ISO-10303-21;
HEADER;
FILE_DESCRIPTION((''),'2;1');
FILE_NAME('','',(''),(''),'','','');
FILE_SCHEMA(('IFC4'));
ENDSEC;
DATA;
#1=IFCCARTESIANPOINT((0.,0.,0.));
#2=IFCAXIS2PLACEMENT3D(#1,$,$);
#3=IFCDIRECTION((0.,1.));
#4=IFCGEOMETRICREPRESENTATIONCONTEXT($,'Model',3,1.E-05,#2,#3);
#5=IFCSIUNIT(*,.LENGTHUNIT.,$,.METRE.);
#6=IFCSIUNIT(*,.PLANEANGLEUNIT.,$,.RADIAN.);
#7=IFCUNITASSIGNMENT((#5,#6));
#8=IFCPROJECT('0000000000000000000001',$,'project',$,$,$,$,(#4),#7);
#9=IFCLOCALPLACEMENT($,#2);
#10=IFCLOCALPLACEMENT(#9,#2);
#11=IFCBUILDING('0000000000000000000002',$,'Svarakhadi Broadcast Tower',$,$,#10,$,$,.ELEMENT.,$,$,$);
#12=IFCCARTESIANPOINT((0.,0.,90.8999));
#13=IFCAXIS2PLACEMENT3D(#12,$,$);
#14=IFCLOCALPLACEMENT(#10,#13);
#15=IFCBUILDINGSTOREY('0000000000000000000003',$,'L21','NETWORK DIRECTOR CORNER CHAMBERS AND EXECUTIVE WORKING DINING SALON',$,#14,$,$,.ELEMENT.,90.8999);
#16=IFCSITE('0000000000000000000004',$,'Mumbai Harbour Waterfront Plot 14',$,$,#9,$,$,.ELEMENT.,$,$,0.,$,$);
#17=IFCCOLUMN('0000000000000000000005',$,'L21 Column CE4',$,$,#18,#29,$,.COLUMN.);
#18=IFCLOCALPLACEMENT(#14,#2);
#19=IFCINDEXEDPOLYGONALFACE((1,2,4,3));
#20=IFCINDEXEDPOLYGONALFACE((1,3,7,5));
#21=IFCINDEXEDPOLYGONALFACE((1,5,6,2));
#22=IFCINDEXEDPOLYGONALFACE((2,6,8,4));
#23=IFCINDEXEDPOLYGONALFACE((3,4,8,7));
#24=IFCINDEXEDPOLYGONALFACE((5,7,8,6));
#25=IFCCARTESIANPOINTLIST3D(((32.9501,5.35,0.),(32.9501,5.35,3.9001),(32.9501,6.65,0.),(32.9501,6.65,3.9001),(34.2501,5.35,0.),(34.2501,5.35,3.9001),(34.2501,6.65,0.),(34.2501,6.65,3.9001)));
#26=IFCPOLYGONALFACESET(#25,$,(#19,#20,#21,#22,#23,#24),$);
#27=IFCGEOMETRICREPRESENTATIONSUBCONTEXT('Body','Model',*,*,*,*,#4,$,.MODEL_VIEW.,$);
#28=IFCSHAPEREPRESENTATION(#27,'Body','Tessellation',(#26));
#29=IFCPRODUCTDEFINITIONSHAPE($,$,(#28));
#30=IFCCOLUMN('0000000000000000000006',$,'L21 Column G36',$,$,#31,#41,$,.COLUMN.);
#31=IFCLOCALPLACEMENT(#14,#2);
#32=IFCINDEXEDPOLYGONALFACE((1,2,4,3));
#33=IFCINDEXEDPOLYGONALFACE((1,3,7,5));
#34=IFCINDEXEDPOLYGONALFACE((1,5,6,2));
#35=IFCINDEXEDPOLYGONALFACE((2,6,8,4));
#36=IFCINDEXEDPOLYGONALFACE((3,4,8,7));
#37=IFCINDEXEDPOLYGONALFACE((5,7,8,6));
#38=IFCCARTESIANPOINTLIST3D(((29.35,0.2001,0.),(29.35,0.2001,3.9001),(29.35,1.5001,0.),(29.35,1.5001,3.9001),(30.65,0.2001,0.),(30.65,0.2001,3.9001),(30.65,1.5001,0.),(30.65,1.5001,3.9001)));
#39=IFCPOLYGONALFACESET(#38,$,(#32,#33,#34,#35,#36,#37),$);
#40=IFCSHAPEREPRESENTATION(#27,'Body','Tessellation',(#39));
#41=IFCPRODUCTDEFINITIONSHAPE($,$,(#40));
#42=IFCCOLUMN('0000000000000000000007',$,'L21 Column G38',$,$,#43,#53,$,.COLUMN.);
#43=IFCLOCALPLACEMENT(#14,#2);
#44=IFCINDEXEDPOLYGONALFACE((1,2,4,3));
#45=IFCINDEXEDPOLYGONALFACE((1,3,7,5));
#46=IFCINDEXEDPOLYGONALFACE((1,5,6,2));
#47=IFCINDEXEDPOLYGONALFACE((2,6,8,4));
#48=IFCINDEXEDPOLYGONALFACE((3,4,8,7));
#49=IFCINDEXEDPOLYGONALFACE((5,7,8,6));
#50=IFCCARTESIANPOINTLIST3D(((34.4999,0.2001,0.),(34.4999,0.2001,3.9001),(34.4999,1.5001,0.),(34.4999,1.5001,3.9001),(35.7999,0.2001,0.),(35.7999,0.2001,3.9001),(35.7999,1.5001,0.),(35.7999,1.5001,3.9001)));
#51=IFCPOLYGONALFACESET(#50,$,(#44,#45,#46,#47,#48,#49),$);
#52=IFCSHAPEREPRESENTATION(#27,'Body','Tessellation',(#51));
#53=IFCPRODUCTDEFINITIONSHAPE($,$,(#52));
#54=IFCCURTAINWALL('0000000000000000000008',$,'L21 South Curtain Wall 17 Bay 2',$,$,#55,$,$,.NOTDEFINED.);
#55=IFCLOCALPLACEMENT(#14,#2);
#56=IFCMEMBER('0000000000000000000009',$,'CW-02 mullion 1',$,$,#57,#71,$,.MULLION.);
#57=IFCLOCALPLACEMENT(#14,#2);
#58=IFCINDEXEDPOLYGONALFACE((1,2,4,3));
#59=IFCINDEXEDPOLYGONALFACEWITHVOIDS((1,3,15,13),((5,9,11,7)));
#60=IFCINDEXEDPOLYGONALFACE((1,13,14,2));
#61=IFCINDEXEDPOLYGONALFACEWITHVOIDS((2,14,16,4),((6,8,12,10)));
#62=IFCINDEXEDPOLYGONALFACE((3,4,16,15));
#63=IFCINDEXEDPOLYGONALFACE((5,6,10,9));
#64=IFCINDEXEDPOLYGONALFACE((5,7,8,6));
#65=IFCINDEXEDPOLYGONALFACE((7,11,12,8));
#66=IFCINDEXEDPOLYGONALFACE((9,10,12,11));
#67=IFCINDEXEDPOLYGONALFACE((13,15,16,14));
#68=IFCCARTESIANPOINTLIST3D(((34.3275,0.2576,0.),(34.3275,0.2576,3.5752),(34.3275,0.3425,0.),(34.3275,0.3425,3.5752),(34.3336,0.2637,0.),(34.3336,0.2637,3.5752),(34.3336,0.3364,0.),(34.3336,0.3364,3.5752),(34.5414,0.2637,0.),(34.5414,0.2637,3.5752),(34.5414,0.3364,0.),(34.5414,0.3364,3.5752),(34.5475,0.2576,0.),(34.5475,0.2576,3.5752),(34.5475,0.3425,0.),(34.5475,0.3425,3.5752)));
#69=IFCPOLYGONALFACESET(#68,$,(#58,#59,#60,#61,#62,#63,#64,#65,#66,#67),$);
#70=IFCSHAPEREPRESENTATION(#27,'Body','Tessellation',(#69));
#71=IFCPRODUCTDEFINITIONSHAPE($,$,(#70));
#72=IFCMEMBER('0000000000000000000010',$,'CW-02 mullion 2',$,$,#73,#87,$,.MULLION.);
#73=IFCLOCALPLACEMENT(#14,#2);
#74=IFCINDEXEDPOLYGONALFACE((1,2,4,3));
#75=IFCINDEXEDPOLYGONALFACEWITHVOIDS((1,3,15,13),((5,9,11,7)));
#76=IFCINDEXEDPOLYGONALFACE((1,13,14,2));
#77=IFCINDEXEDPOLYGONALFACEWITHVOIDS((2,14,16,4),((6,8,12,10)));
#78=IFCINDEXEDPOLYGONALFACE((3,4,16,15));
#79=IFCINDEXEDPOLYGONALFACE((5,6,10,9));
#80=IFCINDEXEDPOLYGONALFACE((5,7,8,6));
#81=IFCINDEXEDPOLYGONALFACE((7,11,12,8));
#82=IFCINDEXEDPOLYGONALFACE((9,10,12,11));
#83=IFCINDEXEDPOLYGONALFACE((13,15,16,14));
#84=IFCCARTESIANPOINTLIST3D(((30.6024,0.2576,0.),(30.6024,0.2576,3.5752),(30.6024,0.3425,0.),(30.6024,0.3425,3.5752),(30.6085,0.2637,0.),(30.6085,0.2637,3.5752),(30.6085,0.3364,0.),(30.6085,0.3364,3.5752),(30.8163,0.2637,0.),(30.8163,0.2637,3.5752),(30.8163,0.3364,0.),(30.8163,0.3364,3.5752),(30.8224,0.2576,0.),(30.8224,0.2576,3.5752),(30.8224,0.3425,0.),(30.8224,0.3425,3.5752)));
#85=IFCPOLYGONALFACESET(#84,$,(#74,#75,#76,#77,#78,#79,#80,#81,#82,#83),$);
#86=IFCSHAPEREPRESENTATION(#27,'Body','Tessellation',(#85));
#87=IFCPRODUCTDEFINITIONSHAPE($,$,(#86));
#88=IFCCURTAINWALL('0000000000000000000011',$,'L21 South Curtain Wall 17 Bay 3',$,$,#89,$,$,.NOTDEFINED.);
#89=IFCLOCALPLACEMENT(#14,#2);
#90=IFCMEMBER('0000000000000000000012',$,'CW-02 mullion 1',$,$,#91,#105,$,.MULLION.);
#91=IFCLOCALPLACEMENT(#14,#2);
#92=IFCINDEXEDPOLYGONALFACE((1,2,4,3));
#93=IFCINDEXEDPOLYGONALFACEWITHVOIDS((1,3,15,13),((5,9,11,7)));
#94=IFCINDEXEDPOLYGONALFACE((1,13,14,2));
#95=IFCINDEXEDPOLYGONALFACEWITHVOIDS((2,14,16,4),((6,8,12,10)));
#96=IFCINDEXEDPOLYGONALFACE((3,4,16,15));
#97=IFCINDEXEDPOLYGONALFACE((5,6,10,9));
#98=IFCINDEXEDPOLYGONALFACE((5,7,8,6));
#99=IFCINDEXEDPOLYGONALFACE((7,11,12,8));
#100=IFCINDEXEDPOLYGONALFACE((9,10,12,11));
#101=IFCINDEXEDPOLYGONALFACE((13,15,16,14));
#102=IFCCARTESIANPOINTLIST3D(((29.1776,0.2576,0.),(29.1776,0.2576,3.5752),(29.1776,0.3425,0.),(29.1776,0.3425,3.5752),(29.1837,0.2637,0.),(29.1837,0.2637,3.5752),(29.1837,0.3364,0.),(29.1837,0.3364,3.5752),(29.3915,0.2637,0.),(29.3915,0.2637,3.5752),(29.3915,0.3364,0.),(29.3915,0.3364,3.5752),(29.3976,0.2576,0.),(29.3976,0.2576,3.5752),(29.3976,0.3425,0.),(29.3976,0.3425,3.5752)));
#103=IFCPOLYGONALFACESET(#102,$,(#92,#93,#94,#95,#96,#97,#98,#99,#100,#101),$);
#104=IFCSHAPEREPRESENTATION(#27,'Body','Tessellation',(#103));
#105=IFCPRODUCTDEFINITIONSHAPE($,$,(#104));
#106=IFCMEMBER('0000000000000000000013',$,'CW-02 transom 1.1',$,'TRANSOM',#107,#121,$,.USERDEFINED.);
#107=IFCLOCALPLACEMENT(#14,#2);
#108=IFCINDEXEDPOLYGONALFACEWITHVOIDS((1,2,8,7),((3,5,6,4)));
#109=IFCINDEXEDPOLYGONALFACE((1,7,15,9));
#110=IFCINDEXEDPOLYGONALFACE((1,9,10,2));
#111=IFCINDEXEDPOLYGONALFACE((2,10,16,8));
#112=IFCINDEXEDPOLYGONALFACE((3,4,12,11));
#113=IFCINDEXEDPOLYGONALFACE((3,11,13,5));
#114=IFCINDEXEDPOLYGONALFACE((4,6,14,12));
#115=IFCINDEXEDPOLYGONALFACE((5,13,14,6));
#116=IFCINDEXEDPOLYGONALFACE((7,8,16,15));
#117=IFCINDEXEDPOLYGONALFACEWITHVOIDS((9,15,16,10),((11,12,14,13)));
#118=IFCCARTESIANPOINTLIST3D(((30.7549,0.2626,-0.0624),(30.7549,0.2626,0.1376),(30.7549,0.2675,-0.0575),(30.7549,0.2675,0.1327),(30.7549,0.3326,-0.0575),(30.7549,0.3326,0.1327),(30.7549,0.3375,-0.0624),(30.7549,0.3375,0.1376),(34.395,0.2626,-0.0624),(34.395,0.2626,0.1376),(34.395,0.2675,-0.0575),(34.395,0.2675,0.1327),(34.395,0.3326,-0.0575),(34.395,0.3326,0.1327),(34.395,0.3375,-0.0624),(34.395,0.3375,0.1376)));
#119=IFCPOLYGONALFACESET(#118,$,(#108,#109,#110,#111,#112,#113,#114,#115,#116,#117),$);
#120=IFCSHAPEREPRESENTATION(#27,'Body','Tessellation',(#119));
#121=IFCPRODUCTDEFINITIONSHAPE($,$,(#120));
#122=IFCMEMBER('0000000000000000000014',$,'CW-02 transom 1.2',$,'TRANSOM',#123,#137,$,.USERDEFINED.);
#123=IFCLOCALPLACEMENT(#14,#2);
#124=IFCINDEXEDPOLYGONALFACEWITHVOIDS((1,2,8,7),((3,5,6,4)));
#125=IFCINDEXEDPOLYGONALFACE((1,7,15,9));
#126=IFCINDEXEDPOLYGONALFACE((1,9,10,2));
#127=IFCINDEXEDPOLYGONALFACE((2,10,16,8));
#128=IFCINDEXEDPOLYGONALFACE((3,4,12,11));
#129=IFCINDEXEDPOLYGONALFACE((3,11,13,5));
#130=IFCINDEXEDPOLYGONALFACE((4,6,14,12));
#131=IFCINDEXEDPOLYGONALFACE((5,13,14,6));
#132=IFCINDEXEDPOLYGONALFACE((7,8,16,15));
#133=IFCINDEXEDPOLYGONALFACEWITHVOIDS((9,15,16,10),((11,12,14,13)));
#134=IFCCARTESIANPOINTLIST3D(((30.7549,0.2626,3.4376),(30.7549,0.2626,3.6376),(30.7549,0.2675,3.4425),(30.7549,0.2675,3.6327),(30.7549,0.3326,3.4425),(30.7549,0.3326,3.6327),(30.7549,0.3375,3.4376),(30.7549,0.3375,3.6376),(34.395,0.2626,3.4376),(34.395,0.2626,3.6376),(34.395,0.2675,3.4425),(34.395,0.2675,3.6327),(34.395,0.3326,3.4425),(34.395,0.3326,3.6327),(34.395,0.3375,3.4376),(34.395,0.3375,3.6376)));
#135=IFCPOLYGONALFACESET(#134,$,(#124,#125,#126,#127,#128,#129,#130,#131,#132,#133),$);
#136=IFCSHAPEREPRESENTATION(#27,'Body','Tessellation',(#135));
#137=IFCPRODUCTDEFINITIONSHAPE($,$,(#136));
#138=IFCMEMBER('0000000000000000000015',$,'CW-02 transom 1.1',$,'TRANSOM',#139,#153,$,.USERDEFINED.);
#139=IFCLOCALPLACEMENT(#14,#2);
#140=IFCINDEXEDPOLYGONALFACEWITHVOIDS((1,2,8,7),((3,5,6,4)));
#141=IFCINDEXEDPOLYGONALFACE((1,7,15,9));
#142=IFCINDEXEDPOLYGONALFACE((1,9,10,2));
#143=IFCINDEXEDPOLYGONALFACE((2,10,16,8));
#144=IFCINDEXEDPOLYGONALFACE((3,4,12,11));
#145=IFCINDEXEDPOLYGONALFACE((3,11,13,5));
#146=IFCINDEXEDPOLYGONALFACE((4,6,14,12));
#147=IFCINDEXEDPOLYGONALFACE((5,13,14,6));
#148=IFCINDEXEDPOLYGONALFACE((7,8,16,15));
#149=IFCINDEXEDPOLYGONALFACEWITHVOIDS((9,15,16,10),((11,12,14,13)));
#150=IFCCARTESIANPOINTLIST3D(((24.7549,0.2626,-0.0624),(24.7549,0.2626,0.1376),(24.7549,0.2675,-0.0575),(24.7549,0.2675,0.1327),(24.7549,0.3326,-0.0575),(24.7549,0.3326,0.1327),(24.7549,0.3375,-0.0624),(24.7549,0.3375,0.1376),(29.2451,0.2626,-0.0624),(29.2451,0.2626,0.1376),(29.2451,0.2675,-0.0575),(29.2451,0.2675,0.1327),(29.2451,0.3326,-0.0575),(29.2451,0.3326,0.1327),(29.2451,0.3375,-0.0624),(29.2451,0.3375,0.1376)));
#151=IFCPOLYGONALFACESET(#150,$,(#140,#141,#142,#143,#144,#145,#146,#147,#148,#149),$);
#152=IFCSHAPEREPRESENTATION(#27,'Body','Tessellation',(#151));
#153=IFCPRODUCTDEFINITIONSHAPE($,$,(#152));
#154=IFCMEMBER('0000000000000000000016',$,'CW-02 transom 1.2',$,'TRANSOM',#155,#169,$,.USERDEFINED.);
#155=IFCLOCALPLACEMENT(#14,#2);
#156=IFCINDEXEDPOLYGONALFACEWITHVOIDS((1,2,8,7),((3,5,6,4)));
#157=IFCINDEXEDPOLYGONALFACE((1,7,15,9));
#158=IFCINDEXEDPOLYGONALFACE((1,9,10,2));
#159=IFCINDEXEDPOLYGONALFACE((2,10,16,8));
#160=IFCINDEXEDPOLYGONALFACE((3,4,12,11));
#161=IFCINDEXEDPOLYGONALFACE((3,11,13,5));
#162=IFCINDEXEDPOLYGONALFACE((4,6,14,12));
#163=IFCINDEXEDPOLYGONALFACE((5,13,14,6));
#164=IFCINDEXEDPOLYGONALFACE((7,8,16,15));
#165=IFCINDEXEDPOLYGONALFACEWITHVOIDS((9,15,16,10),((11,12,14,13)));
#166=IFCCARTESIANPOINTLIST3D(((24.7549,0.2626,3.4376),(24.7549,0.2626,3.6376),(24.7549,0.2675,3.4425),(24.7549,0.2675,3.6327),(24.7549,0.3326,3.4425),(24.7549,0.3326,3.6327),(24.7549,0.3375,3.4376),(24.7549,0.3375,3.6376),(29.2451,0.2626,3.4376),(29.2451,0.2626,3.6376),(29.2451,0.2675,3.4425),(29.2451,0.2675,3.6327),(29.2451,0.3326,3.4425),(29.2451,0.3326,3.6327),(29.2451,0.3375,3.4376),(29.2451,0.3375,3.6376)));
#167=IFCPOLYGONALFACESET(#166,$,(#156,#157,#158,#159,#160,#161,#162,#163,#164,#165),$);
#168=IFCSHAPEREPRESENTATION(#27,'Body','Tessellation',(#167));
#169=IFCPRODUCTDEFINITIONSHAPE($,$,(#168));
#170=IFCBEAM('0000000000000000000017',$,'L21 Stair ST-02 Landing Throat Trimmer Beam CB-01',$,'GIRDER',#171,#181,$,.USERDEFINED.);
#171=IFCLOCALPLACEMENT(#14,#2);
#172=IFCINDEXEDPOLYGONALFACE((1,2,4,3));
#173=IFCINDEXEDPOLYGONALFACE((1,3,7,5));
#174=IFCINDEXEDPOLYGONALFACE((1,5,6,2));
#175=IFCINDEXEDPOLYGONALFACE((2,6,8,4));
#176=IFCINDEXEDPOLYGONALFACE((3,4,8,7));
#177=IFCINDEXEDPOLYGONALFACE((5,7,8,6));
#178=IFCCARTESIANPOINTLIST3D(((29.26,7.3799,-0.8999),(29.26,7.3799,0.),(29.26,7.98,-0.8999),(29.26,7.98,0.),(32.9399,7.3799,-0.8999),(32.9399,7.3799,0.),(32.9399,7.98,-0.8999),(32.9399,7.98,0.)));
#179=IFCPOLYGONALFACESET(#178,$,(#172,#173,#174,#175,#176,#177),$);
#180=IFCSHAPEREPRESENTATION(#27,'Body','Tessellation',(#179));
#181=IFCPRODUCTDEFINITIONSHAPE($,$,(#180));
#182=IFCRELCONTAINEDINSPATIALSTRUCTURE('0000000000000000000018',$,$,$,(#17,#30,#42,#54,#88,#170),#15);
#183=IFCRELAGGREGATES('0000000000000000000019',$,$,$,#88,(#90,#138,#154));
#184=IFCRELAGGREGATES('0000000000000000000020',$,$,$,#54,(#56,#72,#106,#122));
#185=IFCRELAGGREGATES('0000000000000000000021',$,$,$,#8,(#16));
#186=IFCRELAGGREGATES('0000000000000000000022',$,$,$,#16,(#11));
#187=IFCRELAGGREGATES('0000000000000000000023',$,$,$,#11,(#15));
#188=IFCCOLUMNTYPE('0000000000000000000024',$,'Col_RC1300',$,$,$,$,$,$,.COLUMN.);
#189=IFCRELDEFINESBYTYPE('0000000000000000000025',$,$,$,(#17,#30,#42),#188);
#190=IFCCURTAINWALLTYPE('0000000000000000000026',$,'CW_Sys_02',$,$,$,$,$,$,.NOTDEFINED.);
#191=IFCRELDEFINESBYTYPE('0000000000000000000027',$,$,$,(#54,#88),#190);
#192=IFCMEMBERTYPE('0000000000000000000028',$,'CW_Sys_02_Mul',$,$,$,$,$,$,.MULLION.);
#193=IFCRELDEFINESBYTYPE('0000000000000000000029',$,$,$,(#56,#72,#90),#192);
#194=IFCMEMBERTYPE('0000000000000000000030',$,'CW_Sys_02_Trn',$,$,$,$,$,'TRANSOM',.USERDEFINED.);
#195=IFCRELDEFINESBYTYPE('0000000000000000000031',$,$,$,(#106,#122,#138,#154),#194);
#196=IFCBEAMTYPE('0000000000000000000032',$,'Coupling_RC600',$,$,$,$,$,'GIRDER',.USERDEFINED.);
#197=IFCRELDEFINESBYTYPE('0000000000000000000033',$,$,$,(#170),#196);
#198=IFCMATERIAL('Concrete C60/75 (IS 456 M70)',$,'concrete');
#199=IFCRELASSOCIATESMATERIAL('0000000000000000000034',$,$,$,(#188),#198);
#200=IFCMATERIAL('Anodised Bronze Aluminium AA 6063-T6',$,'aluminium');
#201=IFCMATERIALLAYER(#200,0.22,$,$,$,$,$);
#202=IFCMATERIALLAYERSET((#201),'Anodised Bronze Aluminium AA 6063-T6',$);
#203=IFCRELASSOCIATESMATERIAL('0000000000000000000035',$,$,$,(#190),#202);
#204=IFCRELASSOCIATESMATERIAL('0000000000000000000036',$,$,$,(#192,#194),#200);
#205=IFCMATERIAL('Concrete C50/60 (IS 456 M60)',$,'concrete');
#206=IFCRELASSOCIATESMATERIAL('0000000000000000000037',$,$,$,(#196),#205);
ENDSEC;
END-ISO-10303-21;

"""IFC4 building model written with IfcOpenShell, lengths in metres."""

from ifc_helpers import new_model, si_unit, direction, frame, origin, origin_2d, place, context, subcontext, project, spatial, rectangle, hollow_rectangle, extrude, material, layer, layer_set, material_profile, profile_set, type_object, element, aggregate, save


model = new_model("IFC4")

# Units and contexts
model_context = context("Model", 3, precision=1e-05, world=origin(), true_north=direction((0.0, 1.0)))
body_context = subcontext(model_context, "Body", "Model", "MODEL_VIEW")
ifc_project = project(units=[si_unit("LENGTHUNIT", "METRE"), si_unit("PLANEANGLEUNIT", "RADIAN")], contexts=[model_context])

# Site, building, storey
site_placement = place(None, origin())
site = spatial("IfcSite", under=ifc_project, at=site_placement, Name="Mumbai Harbour Waterfront Plot 14", CompositionType="ELEMENT", RefElevation=0.0)
building_placement = place(site_placement, origin())
building = spatial("IfcBuilding", under=site, at=building_placement, Name="Svarakhadi Broadcast Tower", CompositionType="ELEMENT")
storey_placement = place(building_placement, frame((0.0, 0.0, 90.8999)))
storey = spatial("IfcBuildingStorey", under=building, at=storey_placement, Name="L21", Description="NETWORK DIRECTOR CORNER CHAMBERS AND EXECUTIVE WORKING DINING SALON", CompositionType="ELEMENT", Elevation=90.8999)

# Columns
ifc_material_1 = material(Name="Concrete C60/75 (IS 456 M70)", Category="concrete")
ifc_material_profile_1 = material_profile(ifc_material_1, rectangle(XDim=1.3, YDim=1.3, at=origin_2d()), Name="RC 1300x1300")
ifc_profile_set_1 = profile_set([ifc_material_profile_1], Name="Concrete C60/75 (IS 456 M70)")
column_type = type_object("IfcColumnType", Name="Col_RC1300", PredefinedType="COLUMN", material=ifc_profile_set_1)
for number, where, z_axis, x_axis, name in (
    (1, (33.6001, 6.0, 0.0), (0.0, 0.0, 1.0), (1.0, 0.0, 0.0), "L21 Column CE4"),
    (2, (30.0, 0.8501, 0.0), (0.0, 0.0, 1.0), (1.0, 0.0, 0.0), "L21 Column G36"),
    (3, (35.1499, 0.8501, 0.0), (0.0, 0.0, 1.0), (1.0, 0.0, 0.0), "L21 Column G38"),
):
    element("IfcColumn", number, at=place(storey_placement, frame(where, z_axis=z_axis, x_axis=x_axis)), inside=storey, type_object=column_type, Name=name, PredefinedType="COLUMN", context=body_context, shape_type="SweptSolid", body=[
        extrude(rectangle(XDim=1.3, YDim=1.3, at=origin_2d()), origin(), (0.0, 0.0, 1.0), 3.9001),
    ])

# Curtain wall, members
ifc_material_2 = material(Name="Anodised Bronze Aluminium AA 6063-T6", Category="aluminium")
ifc_layer_1 = layer(ifc_material_2, 0.22)
ifc_layer_set_1 = layer_set([ifc_layer_1], Name="Anodised Bronze Aluminium AA 6063-T6")
curtain_wall_type = type_object("IfcCurtainWallType", Name="CW_Sys_02", PredefinedType="NOTDEFINED", material=ifc_layer_set_1)
curtain_wall_1_placement = place(storey_placement, origin())
curtain_wall_1 = element("IfcCurtainWall", 4, at=curtain_wall_1_placement, inside=storey, type_object=curtain_wall_type, Name="L21 South Curtain Wall 17 Bay 2", PredefinedType="NOTDEFINED")
ifc_material_profile_2 = material_profile(ifc_material_2, hollow_rectangle(XDim=0.085, YDim=0.22, WallThickness=0.0061, at=origin_2d()), Name="ALU MULLION 220x85x6")
ifc_profile_set_2 = profile_set([ifc_material_profile_2], Name="Anodised Bronze Aluminium AA 6063-T6")
member_type_1 = type_object("IfcMemberType", Name="CW_Sys_02_Mul", PredefinedType="MULLION", material=ifc_profile_set_2)
member_1_placement = place(storey_placement, frame((34.4375, 0.3, 0.0), z_axis=(0.0, 0.0, 1.0), x_axis=(0.0, -1.0, 0.0)))
member_1 = element("IfcMember", 5, at=member_1_placement, type_object=member_type_1, Name="CW-02 mullion 1", PredefinedType="MULLION", context=body_context, shape_type="SweptSolid", body=[
    extrude(hollow_rectangle(XDim=0.085, YDim=0.22, WallThickness=0.0061, at=origin_2d()), origin(), (0.0, 0.0, 1.0), 3.5752),
])
member_2_placement = place(storey_placement, frame((30.7124, 0.3, 0.0), z_axis=(0.0, 0.0, 1.0), x_axis=(0.0, -1.0, 0.0)))
member_2 = element("IfcMember", 6, at=member_2_placement, type_object=member_type_1, Name="CW-02 mullion 2", PredefinedType="MULLION", context=body_context, shape_type="SweptSolid", body=[
    extrude(hollow_rectangle(XDim=0.085, YDim=0.22, WallThickness=0.0061, at=origin_2d()), origin(), (0.0, 0.0, 1.0), 3.5752),
])

# Curtain wall, member
curtain_wall_2_placement = place(storey_placement, origin())
curtain_wall_2 = element("IfcCurtainWall", 7, at=curtain_wall_2_placement, inside=storey, type_object=curtain_wall_type, Name="L21 South Curtain Wall 17 Bay 3", PredefinedType="NOTDEFINED")
member_3_placement = place(storey_placement, frame((29.2876, 0.3, 0.0), z_axis=(0.0, 0.0, 1.0), x_axis=(0.0, -1.0, 0.0)))
member_3 = element("IfcMember", 8, at=member_3_placement, type_object=member_type_1, Name="CW-02 mullion 1", PredefinedType="MULLION", context=body_context, shape_type="SweptSolid", body=[
    extrude(hollow_rectangle(XDim=0.085, YDim=0.22, WallThickness=0.0061, at=origin_2d()), origin(), (0.0, 0.0, 1.0), 3.5752),
])

# Members
ifc_material_profile_3 = material_profile(ifc_material_2, hollow_rectangle(XDim=0.075, YDim=0.2, WallThickness=0.0049, at=origin_2d()), Name="ALU TRANSOM 200x75x5")
ifc_profile_set_3 = profile_set([ifc_material_profile_3], Name="Anodised Bronze Aluminium AA 6063-T6")
member_type_2 = type_object("IfcMemberType", Name="CW_Sys_02_Trn", ElementType="TRANSOM", PredefinedType="USERDEFINED", material=ifc_profile_set_3)
member_4_placement = place(storey_placement, frame((34.395, 0.3, 0.0376), z_axis=(-1.0, 0.0, 0.0), x_axis=(0.0, -1.0, 0.0)))
member_4 = element("IfcMember", 9, at=member_4_placement, type_object=member_type_2, Name="CW-02 transom 1.1", ObjectType="TRANSOM", PredefinedType="USERDEFINED", context=body_context, shape_type="SweptSolid", body=[
    extrude(hollow_rectangle(XDim=0.075, YDim=0.2, WallThickness=0.0049, at=origin_2d()), origin(), (0.0, 0.0, 1.0), 3.6401),
])
member_5_placement = place(storey_placement, frame((34.395, 0.3, 3.5376), z_axis=(-1.0, 0.0, 0.0), x_axis=(0.0, -1.0, 0.0)))
member_5 = element("IfcMember", 10, at=member_5_placement, type_object=member_type_2, Name="CW-02 transom 1.2", ObjectType="TRANSOM", PredefinedType="USERDEFINED", context=body_context, shape_type="SweptSolid", body=[
    extrude(hollow_rectangle(XDim=0.075, YDim=0.2, WallThickness=0.0049, at=origin_2d()), origin(), (0.0, 0.0, 1.0), 3.6401),
])
member_6_placement = place(storey_placement, frame((29.2451, 0.3, 0.0376), z_axis=(-1.0, 0.0, 0.0), x_axis=(0.0, -1.0, 0.0)))
member_6 = element("IfcMember", 11, at=member_6_placement, type_object=member_type_2, Name="CW-02 transom 1.1", ObjectType="TRANSOM", PredefinedType="USERDEFINED", context=body_context, shape_type="SweptSolid", body=[
    extrude(hollow_rectangle(XDim=0.075, YDim=0.2, WallThickness=0.0049, at=origin_2d()), origin(), (0.0, 0.0, 1.0), 4.4902),
])
member_7_placement = place(storey_placement, frame((29.2451, 0.3, 3.5376), z_axis=(-1.0, 0.0, 0.0), x_axis=(0.0, -1.0, 0.0)))
member_7 = element("IfcMember", 12, at=member_7_placement, type_object=member_type_2, Name="CW-02 transom 1.2", ObjectType="TRANSOM", PredefinedType="USERDEFINED", context=body_context, shape_type="SweptSolid", body=[
    extrude(hollow_rectangle(XDim=0.075, YDim=0.2, WallThickness=0.0049, at=origin_2d()), origin(), (0.0, 0.0, 1.0), 4.4902),
])
aggregate(curtain_wall_2, [member_3, member_6, member_7])

# Beam
ifc_material_3 = material(Name="Concrete C50/60 (IS 456 M60)", Category="concrete")
ifc_material_profile_4 = material_profile(ifc_material_3, rectangle(XDim=0.6001, YDim=0.8999, at=origin_2d()), Name="RC 600x900")
ifc_profile_set_4 = profile_set([ifc_material_profile_4], Name="Concrete C50/60 (IS 456 M60)")
beam_type_1 = type_object("IfcBeamType", Name="Coupling_RC600", ElementType="GIRDER", PredefinedType="USERDEFINED", material=ifc_profile_set_4)
beam_1_placement = place(storey_placement, frame((29.26, 7.6799, -0.45), z_axis=(1.0, 0.0, 0.0), x_axis=(0.0, 1.0, 0.0)))
element("IfcBeam", 13, at=beam_1_placement, inside=storey, type_object=beam_type_1, Name="L21 Stair ST-02 Landing Throat Trimmer Beam CB-01", ObjectType="GIRDER", PredefinedType="USERDEFINED", context=body_context, shape_type="SweptSolid", body=[
    extrude(rectangle(XDim=0.6001, YDim=0.8999, at=origin_2d()), origin(), (0.0, 0.0, 1.0), 3.6799),
])

aggregate(curtain_wall_1, [member_1, member_2, member_4, member_5])

save(model, "model.ifc")
